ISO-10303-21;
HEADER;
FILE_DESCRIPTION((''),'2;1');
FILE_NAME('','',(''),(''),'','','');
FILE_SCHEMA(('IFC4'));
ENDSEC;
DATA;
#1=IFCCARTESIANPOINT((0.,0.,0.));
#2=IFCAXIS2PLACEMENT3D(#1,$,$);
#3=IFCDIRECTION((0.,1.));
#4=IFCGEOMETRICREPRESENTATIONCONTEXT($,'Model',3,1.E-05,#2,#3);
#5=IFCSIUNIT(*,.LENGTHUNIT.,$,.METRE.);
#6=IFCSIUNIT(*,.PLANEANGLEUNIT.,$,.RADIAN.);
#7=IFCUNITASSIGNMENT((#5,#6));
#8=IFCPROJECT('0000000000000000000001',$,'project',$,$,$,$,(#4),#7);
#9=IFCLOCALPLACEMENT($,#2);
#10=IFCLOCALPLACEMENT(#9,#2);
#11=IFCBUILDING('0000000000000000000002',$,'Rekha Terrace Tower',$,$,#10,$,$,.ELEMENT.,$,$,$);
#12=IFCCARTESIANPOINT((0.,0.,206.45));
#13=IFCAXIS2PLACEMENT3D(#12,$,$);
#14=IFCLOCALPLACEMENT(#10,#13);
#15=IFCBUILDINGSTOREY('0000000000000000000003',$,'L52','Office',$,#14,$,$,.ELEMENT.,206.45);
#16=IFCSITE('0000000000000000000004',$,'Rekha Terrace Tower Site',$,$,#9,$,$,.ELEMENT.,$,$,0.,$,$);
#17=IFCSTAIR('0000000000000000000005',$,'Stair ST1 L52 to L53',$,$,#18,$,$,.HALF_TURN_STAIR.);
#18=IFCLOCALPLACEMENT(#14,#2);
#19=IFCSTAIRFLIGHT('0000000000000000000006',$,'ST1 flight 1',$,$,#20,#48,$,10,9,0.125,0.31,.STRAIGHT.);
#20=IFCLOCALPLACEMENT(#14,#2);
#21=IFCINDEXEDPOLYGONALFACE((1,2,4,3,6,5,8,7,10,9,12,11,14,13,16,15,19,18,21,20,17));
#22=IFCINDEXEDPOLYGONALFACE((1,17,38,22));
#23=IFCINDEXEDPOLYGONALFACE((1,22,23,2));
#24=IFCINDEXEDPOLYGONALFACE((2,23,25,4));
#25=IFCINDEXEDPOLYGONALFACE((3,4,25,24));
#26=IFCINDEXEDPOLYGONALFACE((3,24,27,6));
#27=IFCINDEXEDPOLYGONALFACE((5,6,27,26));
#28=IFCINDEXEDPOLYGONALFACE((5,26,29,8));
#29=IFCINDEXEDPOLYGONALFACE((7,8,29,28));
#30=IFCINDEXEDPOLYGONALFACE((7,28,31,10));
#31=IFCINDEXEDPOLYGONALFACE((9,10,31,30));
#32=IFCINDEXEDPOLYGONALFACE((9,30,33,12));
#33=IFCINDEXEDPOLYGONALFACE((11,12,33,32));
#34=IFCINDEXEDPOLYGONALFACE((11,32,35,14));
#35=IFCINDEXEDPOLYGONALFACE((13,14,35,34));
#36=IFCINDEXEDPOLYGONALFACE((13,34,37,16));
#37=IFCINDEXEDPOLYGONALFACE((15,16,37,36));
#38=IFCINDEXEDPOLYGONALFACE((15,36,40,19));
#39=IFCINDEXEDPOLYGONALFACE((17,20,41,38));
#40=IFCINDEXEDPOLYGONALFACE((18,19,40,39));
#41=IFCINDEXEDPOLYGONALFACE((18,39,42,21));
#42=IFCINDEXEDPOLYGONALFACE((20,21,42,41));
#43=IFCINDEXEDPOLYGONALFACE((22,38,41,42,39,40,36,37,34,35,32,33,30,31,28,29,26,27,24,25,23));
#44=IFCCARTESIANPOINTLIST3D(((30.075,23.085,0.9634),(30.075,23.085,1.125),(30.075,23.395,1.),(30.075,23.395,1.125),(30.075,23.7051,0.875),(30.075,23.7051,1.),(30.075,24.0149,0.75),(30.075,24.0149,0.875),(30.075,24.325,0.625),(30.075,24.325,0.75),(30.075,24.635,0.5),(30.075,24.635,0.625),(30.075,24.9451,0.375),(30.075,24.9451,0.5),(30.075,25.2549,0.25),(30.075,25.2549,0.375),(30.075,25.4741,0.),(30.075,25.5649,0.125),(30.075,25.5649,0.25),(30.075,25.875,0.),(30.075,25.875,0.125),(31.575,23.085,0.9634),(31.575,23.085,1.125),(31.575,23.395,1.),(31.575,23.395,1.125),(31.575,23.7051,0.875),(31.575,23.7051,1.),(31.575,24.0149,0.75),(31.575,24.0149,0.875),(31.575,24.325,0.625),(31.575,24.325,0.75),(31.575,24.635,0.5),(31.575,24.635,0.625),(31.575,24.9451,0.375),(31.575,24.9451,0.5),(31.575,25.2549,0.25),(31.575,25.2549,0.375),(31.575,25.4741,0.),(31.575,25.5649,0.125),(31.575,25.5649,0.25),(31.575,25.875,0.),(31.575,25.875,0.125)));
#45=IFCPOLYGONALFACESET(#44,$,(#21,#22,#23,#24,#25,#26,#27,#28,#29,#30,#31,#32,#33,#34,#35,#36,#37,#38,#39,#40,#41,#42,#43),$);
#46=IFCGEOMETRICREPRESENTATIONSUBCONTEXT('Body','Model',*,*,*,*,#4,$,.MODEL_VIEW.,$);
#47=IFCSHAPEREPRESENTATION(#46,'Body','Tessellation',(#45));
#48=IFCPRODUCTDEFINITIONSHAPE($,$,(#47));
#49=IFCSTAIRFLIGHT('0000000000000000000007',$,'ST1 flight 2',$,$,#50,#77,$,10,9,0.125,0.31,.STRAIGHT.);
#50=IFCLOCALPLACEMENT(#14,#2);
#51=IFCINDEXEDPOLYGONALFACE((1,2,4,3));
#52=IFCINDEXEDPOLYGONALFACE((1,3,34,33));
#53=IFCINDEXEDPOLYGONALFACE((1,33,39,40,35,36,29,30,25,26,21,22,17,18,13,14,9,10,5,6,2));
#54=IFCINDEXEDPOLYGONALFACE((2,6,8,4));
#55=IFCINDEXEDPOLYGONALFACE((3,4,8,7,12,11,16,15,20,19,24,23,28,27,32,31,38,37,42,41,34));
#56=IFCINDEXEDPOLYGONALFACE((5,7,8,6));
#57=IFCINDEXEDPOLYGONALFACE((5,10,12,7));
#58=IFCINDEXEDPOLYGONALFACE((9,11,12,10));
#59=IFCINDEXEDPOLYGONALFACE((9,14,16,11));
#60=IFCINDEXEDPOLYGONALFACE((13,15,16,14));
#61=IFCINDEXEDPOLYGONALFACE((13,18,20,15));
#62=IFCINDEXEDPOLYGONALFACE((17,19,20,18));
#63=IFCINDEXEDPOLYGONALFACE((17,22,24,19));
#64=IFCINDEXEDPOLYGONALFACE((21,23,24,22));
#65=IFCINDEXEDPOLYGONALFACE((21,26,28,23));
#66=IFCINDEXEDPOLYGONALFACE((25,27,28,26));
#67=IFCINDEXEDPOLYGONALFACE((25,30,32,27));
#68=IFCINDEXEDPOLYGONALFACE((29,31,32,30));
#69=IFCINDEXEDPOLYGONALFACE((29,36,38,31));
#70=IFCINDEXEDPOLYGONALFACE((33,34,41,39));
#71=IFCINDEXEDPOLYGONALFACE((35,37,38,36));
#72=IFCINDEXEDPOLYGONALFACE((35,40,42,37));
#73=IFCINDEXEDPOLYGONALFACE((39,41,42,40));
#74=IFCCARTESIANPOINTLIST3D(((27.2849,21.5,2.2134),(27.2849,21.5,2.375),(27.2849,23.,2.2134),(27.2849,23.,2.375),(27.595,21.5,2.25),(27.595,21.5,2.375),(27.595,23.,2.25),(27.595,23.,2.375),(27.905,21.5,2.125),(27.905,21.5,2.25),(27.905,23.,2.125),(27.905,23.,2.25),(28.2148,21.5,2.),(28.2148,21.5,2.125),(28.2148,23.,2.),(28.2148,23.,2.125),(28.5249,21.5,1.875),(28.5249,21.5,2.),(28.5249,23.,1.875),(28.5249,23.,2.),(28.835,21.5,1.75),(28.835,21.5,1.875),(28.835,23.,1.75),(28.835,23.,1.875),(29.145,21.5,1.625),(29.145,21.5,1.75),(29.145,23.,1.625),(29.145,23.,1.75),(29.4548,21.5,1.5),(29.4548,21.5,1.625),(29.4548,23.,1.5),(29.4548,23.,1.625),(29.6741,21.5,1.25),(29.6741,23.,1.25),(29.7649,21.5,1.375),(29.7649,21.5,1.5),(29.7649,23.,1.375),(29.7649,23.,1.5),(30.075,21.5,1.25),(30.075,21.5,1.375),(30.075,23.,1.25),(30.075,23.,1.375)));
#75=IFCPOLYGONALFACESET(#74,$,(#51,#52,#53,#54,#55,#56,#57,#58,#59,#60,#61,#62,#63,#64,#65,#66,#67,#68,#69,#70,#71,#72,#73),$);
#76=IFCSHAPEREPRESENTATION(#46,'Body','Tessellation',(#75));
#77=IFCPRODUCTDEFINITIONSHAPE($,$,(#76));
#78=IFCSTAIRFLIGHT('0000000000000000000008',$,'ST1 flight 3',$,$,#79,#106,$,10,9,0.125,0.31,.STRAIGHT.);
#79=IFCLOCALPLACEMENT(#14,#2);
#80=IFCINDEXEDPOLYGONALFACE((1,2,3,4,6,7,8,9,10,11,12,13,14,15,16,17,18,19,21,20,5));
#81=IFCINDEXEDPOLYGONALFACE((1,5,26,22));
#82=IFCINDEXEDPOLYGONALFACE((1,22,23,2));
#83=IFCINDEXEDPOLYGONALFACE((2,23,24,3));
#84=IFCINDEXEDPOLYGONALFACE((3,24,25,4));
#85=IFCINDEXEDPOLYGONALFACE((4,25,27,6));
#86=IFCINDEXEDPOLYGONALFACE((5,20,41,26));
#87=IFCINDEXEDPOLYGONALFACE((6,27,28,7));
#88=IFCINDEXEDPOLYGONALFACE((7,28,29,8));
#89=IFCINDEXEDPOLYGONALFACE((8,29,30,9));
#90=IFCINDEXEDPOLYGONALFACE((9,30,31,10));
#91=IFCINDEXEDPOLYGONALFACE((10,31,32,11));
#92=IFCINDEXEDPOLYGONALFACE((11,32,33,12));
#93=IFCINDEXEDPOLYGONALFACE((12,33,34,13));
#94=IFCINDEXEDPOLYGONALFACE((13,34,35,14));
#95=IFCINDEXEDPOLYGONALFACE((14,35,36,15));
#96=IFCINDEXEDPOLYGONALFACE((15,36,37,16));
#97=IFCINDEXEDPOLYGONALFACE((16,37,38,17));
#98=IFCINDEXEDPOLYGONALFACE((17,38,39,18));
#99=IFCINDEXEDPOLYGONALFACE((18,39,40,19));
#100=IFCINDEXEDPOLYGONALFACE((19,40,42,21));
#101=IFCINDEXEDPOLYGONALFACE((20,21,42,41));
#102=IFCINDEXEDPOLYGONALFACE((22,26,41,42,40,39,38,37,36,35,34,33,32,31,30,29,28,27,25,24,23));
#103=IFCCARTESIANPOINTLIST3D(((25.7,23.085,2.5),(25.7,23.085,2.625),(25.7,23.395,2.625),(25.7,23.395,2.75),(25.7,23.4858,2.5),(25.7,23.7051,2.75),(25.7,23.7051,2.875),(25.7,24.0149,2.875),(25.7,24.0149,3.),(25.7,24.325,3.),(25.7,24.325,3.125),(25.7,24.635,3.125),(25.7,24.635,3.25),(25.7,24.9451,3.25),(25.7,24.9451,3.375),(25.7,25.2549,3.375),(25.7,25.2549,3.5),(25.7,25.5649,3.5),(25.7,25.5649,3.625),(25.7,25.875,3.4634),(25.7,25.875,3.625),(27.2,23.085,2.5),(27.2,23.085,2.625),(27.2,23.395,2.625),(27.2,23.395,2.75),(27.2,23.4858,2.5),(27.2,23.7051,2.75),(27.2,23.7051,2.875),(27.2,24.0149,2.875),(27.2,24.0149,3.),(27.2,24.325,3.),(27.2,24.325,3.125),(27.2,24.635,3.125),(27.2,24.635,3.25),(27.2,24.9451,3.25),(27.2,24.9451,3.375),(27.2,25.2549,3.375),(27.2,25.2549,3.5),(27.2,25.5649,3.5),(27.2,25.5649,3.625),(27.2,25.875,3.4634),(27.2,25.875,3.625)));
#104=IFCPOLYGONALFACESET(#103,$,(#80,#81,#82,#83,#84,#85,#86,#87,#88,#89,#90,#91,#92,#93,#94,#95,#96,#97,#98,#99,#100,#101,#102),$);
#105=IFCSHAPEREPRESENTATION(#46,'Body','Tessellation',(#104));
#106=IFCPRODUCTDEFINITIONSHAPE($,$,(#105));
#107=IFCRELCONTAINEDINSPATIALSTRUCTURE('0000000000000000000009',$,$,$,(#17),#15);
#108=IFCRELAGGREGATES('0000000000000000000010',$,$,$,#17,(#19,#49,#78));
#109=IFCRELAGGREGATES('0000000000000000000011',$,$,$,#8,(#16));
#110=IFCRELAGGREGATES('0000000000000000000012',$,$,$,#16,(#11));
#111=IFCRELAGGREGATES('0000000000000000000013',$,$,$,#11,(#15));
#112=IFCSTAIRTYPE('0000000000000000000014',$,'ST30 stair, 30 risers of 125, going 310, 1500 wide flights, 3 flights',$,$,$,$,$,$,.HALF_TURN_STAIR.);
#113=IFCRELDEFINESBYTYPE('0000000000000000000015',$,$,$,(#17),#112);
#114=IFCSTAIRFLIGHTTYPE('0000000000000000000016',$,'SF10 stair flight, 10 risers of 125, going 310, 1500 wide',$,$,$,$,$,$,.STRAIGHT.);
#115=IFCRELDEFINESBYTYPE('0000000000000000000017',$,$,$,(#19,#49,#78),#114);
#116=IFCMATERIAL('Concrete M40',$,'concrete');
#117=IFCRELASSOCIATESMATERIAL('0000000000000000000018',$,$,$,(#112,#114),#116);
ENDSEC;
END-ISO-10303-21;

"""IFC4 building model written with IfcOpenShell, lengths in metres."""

from ifc_helpers import new_model, si_unit, direction, frame, origin, place, context, subcontext, project, spatial, polyline, outline, extrude, material, type_object, element, aggregate, save


model = new_model("IFC4")

# Units and contexts
model_context = context("Model", 3, precision=1e-05, world=origin(), true_north=direction((0.0, 1.0)))
body_context = subcontext(model_context, "Body", "Model", "MODEL_VIEW")
ifc_project = project(units=[si_unit("LENGTHUNIT", "METRE"), si_unit("PLANEANGLEUNIT", "RADIAN")], contexts=[model_context])

# Site, building, storey
site_placement = place(None, origin())
site = spatial("IfcSite", under=ifc_project, at=site_placement, Name="Rekha Terrace Tower Site", CompositionType="ELEMENT", RefElevation=0.0)
building_placement = place(site_placement, origin())
building = spatial("IfcBuilding", under=site, at=building_placement, Name="Rekha Terrace Tower", CompositionType="ELEMENT")
storey_placement = place(building_placement, frame((0.0, 0.0, 206.45)))
storey = spatial("IfcBuildingStorey", under=building, at=storey_placement, Name="L52", Description="Office", CompositionType="ELEMENT", Elevation=206.45)

# Stair, stair flights
ifc_material_1 = material(Name="Concrete M40", Category="concrete")
stair_type = type_object("IfcStairType", Name="ST30 stair, 30 risers of 125, going 310, 1500 wide flights, 3 flights", PredefinedType="HALF_TURN_STAIR", material=ifc_material_1)
stair_placement = place(storey_placement, origin())
stair = element("IfcStair", 1, at=stair_placement, inside=storey, type_object=stair_type, Name="Stair ST1 L52 to L53", PredefinedType="HALF_TURN_STAIR")
stair_flight_type = type_object("IfcStairFlightType", Name="SF10 stair flight, 10 risers of 125, going 310, 1500 wide", PredefinedType="STRAIGHT", material=ifc_material_1)
stair_flight_1_placement = place(storey_placement, frame((30.825, 25.875, 0.0), z_axis=(0.0, 0.0, 1.0), x_axis=(0.0, -1.0, 0.0)))
stair_flight_1 = element("IfcStairFlight", 2, at=stair_flight_1_placement, type_object=stair_flight_type, Name="ST1 flight 1", NumberOfRisers=10, NumberOfTreads=9, PredefinedType="STRAIGHT", RiserHeight=0.125, TreadLength=0.31, context=body_context, shape_type="SweptSolid", body=[
    extrude(outline(polyline([(0.0, 0.0), (0.0, 0.125), (0.3101, 0.125), (0.3101, 0.25), (0.6201, 0.25), (0.6201, 0.375), (0.9299, 0.375), (0.9299, 0.5), (1.24, 0.5), (1.24, 0.625), (1.55, 0.625), (1.55, 0.75), (1.8601, 0.75), (1.8601, 0.875), (2.1699, 0.875), (2.1699, 1.0), (2.48, 1.0), (2.48, 1.125), (2.79, 1.125), (2.79, 1.25), (2.79, 0.9634), (0.4009, 0.0), (0.0, 0.0)])), frame((0.0, 0.75, 0.0), z_axis=(0.0, -1.0, 0.0), x_axis=(1.0, 0.0, 0.0)), (0.0, 0.0, 1.0), 1.5),
])
stair_flight_2_placement = place(storey_placement, frame((30.075, 22.25, 1.25), z_axis=(0.0, 0.0, 1.0), x_axis=(-1.0, 0.0, 0.0)))
stair_flight_2 = element("IfcStairFlight", 3, at=stair_flight_2_placement, type_object=stair_flight_type, Name="ST1 flight 2", NumberOfRisers=10, NumberOfTreads=9, PredefinedType="STRAIGHT", RiserHeight=0.125, TreadLength=0.31, context=body_context, shape_type="SweptSolid", body=[
    extrude(outline(polyline([(0.0, 0.0), (0.0, 0.125), (0.3101, 0.125), (0.3101, 0.25), (0.6201, 0.25), (0.6201, 0.375), (0.9299, 0.375), (0.9299, 0.5), (1.24, 0.5), (1.24, 0.625), (1.55, 0.625), (1.55, 0.75), (1.8601, 0.75), (1.8601, 0.875), (2.1699, 0.875), (2.1699, 1.0), (2.48, 1.0), (2.48, 1.125), (2.79, 1.125), (2.79, 1.25), (2.79, 0.9634), (0.4009, 0.0), (0.0, 0.0)])), frame((0.0, 0.75, 0.0), z_axis=(0.0, -1.0, 0.0), x_axis=(1.0, 0.0, 0.0)), (0.0, 0.0, 1.0), 1.5),
])
stair_flight_3_placement = place(storey_placement, frame((26.45, 23.085, 2.5), z_axis=(0.0, 0.0, 1.0), x_axis=(0.0, 1.0, 0.0)))
stair_flight_3 = element("IfcStairFlight", 4, at=stair_flight_3_placement, type_object=stair_flight_type, Name="ST1 flight 3", NumberOfRisers=10, NumberOfTreads=9, PredefinedType="STRAIGHT", RiserHeight=0.125, TreadLength=0.31, context=body_context, shape_type="SweptSolid", body=[
    extrude(outline(polyline([(0.0, 0.0), (0.0, 0.125), (0.3101, 0.125), (0.3101, 0.25), (0.6201, 0.25), (0.6201, 0.375), (0.9299, 0.375), (0.9299, 0.5), (1.24, 0.5), (1.24, 0.625), (1.55, 0.625), (1.55, 0.75), (1.8601, 0.75), (1.8601, 0.875), (2.1699, 0.875), (2.1699, 1.0), (2.48, 1.0), (2.48, 1.125), (2.79, 1.125), (2.79, 1.25), (2.79, 0.9634), (0.4009, 0.0), (0.0, 0.0)])), frame((0.0, 0.75, 0.0), z_axis=(0.0, -1.0, 0.0), x_axis=(1.0, 0.0, 0.0)), (0.0, 0.0, 1.0), 1.5),
])
aggregate(stair, [stair_flight_1, stair_flight_2, stair_flight_3])

save(model, "model.ifc")
